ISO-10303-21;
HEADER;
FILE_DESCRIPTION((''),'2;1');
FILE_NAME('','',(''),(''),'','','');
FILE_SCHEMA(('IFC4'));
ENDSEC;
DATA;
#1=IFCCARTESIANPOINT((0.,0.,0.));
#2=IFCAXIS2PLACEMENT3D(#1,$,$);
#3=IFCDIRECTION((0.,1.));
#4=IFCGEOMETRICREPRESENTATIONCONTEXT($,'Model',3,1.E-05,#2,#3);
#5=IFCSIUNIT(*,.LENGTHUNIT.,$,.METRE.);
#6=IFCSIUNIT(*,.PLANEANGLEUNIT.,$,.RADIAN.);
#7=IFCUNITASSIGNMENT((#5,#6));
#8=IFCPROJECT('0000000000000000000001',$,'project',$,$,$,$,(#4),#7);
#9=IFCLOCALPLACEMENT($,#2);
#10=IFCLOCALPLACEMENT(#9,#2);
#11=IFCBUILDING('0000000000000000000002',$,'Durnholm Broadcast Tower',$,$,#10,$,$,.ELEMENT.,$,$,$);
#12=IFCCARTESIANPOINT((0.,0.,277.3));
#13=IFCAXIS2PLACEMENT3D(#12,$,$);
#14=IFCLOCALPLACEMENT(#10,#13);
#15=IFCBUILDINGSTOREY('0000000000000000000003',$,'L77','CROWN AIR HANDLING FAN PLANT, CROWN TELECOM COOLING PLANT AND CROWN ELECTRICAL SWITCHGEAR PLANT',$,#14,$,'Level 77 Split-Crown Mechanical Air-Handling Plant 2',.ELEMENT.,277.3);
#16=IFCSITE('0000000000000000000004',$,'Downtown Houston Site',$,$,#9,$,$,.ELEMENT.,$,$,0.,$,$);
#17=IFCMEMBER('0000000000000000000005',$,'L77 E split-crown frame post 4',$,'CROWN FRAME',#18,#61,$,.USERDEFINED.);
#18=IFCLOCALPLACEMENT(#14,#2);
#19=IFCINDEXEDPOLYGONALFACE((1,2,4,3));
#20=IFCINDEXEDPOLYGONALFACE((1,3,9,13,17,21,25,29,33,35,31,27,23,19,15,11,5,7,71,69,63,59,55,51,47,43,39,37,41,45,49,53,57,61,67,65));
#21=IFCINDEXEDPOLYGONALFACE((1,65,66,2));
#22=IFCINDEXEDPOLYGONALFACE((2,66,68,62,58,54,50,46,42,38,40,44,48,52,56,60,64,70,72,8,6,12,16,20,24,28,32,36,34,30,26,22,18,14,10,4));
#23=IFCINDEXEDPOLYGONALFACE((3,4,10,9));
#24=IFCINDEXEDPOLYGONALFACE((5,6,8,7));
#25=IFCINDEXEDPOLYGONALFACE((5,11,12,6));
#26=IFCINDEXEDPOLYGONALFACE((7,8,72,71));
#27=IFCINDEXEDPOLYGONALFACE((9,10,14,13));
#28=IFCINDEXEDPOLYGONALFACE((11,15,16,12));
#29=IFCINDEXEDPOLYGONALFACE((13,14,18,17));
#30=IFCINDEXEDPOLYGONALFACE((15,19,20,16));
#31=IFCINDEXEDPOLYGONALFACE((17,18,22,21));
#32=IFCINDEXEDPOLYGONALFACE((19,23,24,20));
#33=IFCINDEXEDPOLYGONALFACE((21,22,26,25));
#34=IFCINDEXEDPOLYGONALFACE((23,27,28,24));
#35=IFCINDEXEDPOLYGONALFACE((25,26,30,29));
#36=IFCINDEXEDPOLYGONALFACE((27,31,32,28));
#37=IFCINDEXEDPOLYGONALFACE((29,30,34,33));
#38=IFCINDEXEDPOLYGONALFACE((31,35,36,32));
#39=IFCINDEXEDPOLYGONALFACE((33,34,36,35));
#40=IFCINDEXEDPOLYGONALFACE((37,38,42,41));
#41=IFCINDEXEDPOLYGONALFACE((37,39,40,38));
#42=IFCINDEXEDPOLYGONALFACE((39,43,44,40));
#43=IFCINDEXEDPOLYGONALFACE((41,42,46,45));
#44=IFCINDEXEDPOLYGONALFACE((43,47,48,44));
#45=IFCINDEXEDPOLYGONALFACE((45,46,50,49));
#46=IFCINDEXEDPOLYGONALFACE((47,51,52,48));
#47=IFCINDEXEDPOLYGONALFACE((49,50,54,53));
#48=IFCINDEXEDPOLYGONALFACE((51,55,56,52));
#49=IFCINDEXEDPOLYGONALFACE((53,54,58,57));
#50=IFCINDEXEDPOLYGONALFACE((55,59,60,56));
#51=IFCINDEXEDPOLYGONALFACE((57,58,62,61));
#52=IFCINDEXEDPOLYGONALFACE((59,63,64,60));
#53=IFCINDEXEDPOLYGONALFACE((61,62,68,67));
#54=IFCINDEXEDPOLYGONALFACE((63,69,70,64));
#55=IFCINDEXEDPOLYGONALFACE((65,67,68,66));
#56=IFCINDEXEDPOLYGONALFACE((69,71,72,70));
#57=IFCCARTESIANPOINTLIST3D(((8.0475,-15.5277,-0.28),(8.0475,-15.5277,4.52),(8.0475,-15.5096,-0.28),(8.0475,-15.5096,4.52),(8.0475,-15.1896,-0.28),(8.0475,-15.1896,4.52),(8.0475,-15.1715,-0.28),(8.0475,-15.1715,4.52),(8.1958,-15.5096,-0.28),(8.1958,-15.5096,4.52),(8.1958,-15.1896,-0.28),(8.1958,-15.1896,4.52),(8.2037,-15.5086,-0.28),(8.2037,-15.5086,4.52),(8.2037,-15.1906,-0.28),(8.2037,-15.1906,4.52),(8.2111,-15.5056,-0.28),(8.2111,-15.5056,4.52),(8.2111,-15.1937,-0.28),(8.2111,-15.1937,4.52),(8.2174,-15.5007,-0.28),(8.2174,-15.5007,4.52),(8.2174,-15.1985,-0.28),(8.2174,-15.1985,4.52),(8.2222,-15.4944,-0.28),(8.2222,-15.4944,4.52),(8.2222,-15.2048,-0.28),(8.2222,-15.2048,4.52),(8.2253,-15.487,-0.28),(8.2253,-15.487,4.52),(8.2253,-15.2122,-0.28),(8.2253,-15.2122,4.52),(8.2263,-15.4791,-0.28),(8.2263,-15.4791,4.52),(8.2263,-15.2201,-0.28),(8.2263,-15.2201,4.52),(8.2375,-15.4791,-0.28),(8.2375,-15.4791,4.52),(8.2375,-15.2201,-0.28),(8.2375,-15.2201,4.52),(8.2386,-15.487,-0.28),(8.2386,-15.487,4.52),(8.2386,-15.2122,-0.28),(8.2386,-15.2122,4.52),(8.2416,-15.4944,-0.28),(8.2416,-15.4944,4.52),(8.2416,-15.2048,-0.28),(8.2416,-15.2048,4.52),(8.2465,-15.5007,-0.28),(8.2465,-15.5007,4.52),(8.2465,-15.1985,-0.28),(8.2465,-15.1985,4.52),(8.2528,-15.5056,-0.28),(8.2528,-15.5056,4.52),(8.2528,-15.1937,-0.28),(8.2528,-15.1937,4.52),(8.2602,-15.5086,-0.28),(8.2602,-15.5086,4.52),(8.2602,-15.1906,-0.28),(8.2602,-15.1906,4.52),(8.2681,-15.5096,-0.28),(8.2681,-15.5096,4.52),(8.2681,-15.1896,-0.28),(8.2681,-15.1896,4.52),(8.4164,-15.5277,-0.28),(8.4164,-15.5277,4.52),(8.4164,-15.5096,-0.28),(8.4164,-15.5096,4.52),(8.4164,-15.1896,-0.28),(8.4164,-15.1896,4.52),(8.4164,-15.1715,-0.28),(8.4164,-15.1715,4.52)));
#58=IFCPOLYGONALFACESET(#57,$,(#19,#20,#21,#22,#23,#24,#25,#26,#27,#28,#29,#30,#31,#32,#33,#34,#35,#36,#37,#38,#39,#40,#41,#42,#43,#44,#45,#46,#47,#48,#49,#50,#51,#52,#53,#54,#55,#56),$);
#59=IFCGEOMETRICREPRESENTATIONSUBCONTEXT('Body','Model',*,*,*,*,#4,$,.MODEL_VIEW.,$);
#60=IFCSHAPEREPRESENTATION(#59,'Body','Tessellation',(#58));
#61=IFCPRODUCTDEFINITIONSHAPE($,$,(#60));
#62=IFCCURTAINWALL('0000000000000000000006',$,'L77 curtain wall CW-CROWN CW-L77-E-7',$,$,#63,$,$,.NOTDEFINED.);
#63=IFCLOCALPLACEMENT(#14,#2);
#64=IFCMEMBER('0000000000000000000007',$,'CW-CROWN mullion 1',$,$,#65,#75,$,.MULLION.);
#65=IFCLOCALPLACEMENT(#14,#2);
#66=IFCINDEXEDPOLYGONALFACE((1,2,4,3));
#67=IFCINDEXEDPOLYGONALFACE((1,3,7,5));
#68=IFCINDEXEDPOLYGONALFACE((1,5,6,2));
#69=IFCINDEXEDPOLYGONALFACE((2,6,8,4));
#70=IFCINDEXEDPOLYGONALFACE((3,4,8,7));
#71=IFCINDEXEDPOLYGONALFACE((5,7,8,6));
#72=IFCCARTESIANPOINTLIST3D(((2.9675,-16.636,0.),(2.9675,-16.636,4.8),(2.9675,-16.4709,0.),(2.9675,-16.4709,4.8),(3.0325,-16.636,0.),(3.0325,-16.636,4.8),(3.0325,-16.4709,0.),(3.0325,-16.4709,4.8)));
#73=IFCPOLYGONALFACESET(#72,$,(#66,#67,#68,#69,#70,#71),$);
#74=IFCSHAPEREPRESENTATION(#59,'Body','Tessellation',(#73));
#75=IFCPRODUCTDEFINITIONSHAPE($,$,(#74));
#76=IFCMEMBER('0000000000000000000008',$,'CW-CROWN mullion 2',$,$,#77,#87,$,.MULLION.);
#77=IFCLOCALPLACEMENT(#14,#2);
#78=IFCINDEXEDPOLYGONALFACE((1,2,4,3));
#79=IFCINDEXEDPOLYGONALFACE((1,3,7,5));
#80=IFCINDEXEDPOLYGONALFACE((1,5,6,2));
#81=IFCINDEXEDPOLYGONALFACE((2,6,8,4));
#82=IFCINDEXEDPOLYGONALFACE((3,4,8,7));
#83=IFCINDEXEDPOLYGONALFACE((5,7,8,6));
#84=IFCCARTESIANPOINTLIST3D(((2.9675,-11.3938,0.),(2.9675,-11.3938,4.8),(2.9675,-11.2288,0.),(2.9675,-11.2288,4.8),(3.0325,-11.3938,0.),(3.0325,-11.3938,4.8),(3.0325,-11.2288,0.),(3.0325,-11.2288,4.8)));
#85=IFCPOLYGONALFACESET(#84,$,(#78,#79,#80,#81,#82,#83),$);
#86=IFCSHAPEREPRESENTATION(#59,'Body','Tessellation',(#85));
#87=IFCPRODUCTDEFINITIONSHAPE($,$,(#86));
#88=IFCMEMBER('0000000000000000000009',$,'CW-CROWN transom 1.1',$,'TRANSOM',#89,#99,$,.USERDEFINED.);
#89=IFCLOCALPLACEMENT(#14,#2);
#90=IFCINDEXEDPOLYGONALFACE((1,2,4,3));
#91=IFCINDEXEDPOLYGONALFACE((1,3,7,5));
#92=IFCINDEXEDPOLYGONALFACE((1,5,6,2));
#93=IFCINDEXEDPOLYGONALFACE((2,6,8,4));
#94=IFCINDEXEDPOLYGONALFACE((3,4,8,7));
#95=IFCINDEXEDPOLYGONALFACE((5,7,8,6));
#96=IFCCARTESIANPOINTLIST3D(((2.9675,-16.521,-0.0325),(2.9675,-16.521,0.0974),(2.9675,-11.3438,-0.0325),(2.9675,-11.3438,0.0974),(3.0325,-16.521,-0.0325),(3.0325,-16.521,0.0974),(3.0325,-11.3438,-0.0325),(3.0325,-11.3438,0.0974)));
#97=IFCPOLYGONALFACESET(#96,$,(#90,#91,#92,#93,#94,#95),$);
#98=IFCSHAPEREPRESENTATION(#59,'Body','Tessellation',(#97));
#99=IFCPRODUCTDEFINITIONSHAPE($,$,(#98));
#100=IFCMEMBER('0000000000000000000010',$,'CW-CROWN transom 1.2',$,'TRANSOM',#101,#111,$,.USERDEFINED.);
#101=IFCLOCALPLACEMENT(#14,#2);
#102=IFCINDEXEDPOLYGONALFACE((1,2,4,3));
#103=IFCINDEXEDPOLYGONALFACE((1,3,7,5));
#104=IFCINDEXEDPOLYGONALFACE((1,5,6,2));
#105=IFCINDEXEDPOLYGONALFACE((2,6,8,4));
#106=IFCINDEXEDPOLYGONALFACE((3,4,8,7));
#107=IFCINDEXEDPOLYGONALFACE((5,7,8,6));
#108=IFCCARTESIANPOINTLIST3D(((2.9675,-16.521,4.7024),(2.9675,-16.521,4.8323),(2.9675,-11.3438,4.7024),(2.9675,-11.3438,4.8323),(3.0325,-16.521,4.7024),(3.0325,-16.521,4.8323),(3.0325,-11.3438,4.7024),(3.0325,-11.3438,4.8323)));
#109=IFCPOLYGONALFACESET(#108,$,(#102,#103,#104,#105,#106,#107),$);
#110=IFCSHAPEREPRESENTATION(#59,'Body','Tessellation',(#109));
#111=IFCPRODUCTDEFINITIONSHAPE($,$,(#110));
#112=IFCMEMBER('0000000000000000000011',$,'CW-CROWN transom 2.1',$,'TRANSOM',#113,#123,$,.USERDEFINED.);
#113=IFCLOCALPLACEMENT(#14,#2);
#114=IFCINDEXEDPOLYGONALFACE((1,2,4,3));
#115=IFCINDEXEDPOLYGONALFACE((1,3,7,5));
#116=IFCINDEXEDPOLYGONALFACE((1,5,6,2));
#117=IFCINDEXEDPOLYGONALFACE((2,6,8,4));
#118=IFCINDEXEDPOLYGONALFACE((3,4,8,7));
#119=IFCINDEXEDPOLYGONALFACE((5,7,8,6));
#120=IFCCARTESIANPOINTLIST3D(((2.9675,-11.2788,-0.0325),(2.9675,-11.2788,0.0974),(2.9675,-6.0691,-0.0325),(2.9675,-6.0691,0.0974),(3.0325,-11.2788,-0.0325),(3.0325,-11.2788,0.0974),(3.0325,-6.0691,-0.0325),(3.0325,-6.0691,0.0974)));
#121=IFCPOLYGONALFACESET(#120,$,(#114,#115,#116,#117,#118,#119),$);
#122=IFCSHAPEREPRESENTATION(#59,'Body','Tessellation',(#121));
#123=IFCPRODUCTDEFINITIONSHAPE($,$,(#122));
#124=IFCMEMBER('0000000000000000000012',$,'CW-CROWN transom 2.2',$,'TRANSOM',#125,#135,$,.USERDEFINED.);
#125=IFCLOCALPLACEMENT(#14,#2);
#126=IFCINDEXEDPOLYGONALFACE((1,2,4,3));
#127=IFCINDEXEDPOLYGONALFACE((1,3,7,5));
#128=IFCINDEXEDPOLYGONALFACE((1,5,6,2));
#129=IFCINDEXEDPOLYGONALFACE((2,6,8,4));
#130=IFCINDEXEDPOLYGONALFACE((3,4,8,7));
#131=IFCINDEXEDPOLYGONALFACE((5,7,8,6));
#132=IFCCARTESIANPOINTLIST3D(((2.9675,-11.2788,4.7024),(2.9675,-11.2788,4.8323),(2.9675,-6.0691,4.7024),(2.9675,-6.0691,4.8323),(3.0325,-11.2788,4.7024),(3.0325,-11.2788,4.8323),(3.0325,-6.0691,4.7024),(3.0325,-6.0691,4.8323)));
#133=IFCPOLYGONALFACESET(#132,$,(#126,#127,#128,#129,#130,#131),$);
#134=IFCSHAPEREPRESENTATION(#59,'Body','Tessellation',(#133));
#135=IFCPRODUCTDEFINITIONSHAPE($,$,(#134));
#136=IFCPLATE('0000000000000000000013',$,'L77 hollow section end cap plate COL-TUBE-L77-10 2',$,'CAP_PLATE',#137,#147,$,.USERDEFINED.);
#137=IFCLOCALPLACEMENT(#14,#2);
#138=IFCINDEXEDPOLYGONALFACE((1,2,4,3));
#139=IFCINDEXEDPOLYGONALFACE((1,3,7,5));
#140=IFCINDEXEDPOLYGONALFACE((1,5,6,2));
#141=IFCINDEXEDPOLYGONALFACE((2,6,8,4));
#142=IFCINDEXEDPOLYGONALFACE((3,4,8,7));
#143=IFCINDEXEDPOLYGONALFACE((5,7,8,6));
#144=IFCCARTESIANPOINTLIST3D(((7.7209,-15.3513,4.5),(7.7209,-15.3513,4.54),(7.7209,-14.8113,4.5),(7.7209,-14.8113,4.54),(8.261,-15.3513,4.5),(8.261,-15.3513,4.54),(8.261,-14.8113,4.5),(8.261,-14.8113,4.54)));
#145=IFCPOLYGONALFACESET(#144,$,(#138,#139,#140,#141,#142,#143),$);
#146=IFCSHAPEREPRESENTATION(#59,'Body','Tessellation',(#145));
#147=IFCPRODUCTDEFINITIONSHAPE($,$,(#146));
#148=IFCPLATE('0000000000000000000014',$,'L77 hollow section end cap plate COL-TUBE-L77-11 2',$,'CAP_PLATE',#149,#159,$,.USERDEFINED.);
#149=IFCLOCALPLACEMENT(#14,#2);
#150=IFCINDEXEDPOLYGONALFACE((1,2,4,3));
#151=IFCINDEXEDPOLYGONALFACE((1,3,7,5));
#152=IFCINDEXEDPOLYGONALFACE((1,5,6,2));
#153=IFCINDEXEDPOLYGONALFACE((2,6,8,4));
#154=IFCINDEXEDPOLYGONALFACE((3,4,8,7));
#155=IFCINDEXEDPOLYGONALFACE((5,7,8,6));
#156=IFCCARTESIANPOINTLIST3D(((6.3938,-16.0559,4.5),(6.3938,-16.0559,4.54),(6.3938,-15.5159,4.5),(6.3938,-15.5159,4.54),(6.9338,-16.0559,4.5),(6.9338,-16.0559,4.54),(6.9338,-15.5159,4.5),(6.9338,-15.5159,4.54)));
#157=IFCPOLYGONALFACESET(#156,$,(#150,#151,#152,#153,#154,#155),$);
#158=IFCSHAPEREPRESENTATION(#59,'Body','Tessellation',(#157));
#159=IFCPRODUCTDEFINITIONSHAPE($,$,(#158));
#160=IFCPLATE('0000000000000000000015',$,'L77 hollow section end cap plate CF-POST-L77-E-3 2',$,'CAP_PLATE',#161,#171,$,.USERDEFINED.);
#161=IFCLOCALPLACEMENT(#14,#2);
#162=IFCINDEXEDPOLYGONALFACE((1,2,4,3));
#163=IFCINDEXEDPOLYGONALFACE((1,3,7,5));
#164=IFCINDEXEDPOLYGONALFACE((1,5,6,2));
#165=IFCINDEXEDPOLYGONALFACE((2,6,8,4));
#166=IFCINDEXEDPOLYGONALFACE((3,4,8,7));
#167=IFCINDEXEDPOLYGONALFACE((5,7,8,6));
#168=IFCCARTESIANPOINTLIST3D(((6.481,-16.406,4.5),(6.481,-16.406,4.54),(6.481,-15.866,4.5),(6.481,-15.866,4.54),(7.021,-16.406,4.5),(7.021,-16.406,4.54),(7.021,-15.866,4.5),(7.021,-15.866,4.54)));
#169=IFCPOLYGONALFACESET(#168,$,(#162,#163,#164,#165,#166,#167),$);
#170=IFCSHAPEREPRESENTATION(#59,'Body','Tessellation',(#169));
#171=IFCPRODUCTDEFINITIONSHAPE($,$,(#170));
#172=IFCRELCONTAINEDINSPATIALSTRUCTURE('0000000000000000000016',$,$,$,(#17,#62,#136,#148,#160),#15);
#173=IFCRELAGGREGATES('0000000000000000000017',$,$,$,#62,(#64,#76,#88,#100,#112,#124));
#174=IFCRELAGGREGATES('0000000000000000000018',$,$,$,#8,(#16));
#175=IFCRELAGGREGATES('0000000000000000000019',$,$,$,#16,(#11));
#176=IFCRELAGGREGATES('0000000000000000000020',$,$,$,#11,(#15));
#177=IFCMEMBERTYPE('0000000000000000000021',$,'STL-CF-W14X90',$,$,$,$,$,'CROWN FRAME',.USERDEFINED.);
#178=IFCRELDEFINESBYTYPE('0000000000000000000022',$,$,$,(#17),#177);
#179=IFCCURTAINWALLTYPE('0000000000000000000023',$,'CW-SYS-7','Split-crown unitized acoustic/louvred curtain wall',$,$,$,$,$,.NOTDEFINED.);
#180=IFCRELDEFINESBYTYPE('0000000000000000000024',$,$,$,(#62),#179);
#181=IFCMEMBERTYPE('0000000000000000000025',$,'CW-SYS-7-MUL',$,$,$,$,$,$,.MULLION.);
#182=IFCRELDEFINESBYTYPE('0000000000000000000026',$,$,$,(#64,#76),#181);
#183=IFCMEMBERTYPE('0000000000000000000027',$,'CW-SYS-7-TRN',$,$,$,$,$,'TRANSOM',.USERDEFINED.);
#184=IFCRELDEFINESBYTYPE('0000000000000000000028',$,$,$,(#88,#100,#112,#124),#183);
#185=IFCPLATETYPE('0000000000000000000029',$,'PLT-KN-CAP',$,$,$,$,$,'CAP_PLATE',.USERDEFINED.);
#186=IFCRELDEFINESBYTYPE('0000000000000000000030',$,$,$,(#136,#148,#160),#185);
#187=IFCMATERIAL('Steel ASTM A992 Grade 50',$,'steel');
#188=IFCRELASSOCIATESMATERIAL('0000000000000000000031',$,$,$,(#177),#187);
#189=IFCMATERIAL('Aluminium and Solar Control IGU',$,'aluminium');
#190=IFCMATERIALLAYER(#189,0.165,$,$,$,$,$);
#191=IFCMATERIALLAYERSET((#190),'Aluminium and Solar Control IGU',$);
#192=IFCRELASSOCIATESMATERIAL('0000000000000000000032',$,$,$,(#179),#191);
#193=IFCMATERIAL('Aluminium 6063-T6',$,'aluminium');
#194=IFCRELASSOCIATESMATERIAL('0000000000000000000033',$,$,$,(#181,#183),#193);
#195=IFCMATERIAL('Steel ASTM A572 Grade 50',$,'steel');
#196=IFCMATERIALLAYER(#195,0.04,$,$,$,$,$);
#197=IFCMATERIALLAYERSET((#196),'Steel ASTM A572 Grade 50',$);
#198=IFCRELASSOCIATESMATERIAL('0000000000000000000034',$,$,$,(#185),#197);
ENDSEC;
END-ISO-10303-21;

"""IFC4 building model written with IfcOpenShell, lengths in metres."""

from ifc_helpers import new_model, si_unit, direction, frame, origin, origin_2d, place, context, subcontext, project, spatial, rectangle, i_section, extrude, source, transform, mapped, material, layer, layer_set, material_profile, profile_set, type_object, type_shapes, element, aggregate, save


model = new_model("IFC4")

# Units and contexts
model_context = context("Model", 3, precision=1e-05, world=origin(), true_north=direction((0.0, 1.0)))
body_context = subcontext(model_context, "Body", "Model", "MODEL_VIEW")
ifc_project = project(units=[si_unit("LENGTHUNIT", "METRE"), si_unit("PLANEANGLEUNIT", "RADIAN")], contexts=[model_context])

# Site, building, storey
site_placement = place(None, origin())
site = spatial("IfcSite", under=ifc_project, at=site_placement, Name="Downtown Houston Site", CompositionType="ELEMENT", RefElevation=0.0)
building_placement = place(site_placement, origin())
building = spatial("IfcBuilding", under=site, at=building_placement, Name="Durnholm Broadcast Tower", CompositionType="ELEMENT")
storey_placement = place(building_placement, frame((0.0, 0.0, 277.3)))
storey = spatial("IfcBuildingStorey", under=building, at=storey_placement, Name="L77", Description="CROWN AIR HANDLING FAN PLANT, CROWN TELECOM COOLING PLANT AND CROWN ELECTRICAL SWITCHGEAR PLANT", LongName="Level 77 Split-Crown Mechanical Air-Handling Plant 2", CompositionType="ELEMENT", Elevation=277.3)

# Shared definitions
ifc_material_1 = material(Name="Steel ASTM A992 Grade 50", Category="steel")

# Member
ifc_material_profile_1 = material_profile(ifc_material_1, i_section(OverallWidth=0.3689, OverallDepth=0.3562, WebThickness=0.0112, FlangeThickness=0.0181, FilletRadius=0.0305, at=origin_2d()), Name="W14X90")
ifc_profile_set_1 = profile_set([ifc_material_profile_1], Name="Steel ASTM A992 Grade 50")
member_type_1 = type_object("IfcMemberType", Name="STL-CF-W14X90", ElementType="CROWN FRAME", PredefinedType="USERDEFINED", material=ifc_profile_set_1)
shared_shape_1 = source(origin(), body_context, "Body", "SweptSolid", [
    extrude(i_section(OverallWidth=0.3689, OverallDepth=0.3562, WebThickness=0.0112, FlangeThickness=0.0181, FilletRadius=0.0305, at=origin_2d()), origin(), (0.0, 0.0, 1.0), 4.8),
])
type_shapes(member_type_1, [shared_shape_1])
for number, where, z_axis, x_axis, name in (
    (1, (8.2319, -15.3496, -0.28), (0.0, 0.0, 1.0), (1.0, 0.0, 0.0), "L77 E split-crown frame post 4"),
):
    element("IfcMember", number, at=place(storey_placement, frame(where, z_axis=z_axis, x_axis=x_axis)), inside=storey, type_object=member_type_1, Name=name, ObjectType="CROWN FRAME", PredefinedType="USERDEFINED", context=body_context, shape_type="MappedRepresentation", body=[
        mapped(shared_shape_1, transform((0.0, 0.0, 0.0), x_axis=(1.0, 0.0, 0.0), y_axis=(0.0, 1.0, 0.0), z_axis=(0.0, 0.0, 1.0), scale=1.0)),
    ])

# Curtain wall, members
ifc_material_2 = material(Name="Aluminium and Solar Control IGU", Category="aluminium")
ifc_layer_1 = layer(ifc_material_2, 0.165)
ifc_layer_set_1 = layer_set([ifc_layer_1], Name="Aluminium and Solar Control IGU")
curtain_wall_type = type_object("IfcCurtainWallType", Name="CW-SYS-7", Description="Split-crown unitized acoustic/louvred curtain wall", PredefinedType="NOTDEFINED", material=ifc_layer_set_1)
curtain_wall_placement = place(storey_placement, origin())
curtain_wall = element("IfcCurtainWall", 2, at=curtain_wall_placement, inside=storey, type_object=curtain_wall_type, Name="L77 curtain wall CW-CROWN CW-L77-E-7", PredefinedType="NOTDEFINED")
ifc_material_3 = material(Name="Aluminium 6063-T6", Category="aluminium")
ifc_material_profile_2 = material_profile(ifc_material_3, rectangle(XDim=0.0649, YDim=0.165, at=origin_2d()), Name="CWM65X165")
ifc_profile_set_2 = profile_set([ifc_material_profile_2], Name="Aluminium 6063-T6")
member_type_2 = type_object("IfcMemberType", Name="CW-SYS-7-MUL", PredefinedType="MULLION", material=ifc_profile_set_2)
shared_shape_2 = source(origin(), body_context, "Body", "SweptSolid", [
    extrude(rectangle(XDim=0.0649, YDim=0.165, at=origin_2d()), origin(), (0.0, 0.0, 1.0), 4.8),
])
type_shapes(member_type_2, [shared_shape_2])
member_1_placement = place(storey_placement, frame((3.0, -16.5535, 0.0), z_axis=(0.0, 0.0, 1.0), x_axis=(-1.0, 0.0, 0.0)))
member_1 = element("IfcMember", 3, at=member_1_placement, type_object=member_type_2, Name="CW-CROWN mullion 1", PredefinedType="MULLION", context=body_context, shape_type="MappedRepresentation", body=[
    mapped(shared_shape_2, transform((0.0, 0.0, 0.0), x_axis=(1.0, 0.0, 0.0), y_axis=(0.0, 1.0, 0.0), z_axis=(0.0, 0.0, 1.0), scale=1.0)),
])
member_2_placement = place(storey_placement, frame((3.0, -11.3113, 0.0), z_axis=(0.0, 0.0, 1.0), x_axis=(-1.0, 0.0, 0.0)))
member_2 = element("IfcMember", 4, at=member_2_placement, type_object=member_type_2, Name="CW-CROWN mullion 2", PredefinedType="MULLION", context=body_context, shape_type="MappedRepresentation", body=[
    mapped(shared_shape_2, transform((0.0, 0.0, 0.0), x_axis=(1.0, 0.0, 0.0), y_axis=(0.0, 1.0, 0.0), z_axis=(0.0, 0.0, 1.0), scale=1.0)),
])
ifc_material_profile_3 = material_profile(ifc_material_3, rectangle(XDim=0.0649, YDim=0.1299, at=origin_2d()), Name="CWT65X130")
ifc_profile_set_3 = profile_set([ifc_material_profile_3], Name="Aluminium 6063-T6")
member_type_3 = type_object("IfcMemberType", Name="CW-SYS-7-TRN", ElementType="TRANSOM", PredefinedType="USERDEFINED", material=ifc_profile_set_3)
shared_shape_3 = source(origin(), body_context, "Body", "SweptSolid", [
    extrude(rectangle(XDim=0.0649, YDim=0.1299, at=origin_2d()), origin(), (0.0, 0.0, 1.0), 5.1772),
])
member_3_placement = place(storey_placement, frame((3.0, -16.521, 0.0325), z_axis=(0.0, 1.0, 0.0), x_axis=(-1.0, 0.0, 0.0)))
member_3 = element("IfcMember", 5, at=member_3_placement, type_object=member_type_3, Name="CW-CROWN transom 1.1", ObjectType="TRANSOM", PredefinedType="USERDEFINED", context=body_context, shape_type="MappedRepresentation", body=[
    mapped(shared_shape_3, transform((0.0, 0.0, 0.0), x_axis=(1.0, 0.0, 0.0), y_axis=(0.0, 1.0, 0.0), z_axis=(0.0, 0.0, 1.0), scale=1.0)),
])
member_4_placement = place(storey_placement, frame((3.0, -16.521, 4.7673), z_axis=(0.0, 1.0, 0.0), x_axis=(-1.0, 0.0, 0.0)))
member_4 = element("IfcMember", 6, at=member_4_placement, type_object=member_type_3, Name="CW-CROWN transom 1.2", ObjectType="TRANSOM", PredefinedType="USERDEFINED", context=body_context, shape_type="MappedRepresentation", body=[
    mapped(shared_shape_3, transform((0.0, 0.0, 0.0), x_axis=(1.0, 0.0, 0.0), y_axis=(0.0, 1.0, 0.0), z_axis=(0.0, 0.0, 1.0), scale=1.0)),
])
shared_shape_4 = source(origin(), body_context, "Body", "SweptSolid", [
    extrude(rectangle(XDim=0.0649, YDim=0.1299, at=origin_2d()), origin(), (0.0, 0.0, 1.0), 5.2097),
])
type_shapes(member_type_3, [shared_shape_3, shared_shape_4])
member_5_placement = place(storey_placement, frame((3.0, -11.2788, 0.0325), z_axis=(0.0, 1.0, 0.0), x_axis=(-1.0, 0.0, 0.0)))
member_5 = element("IfcMember", 7, at=member_5_placement, type_object=member_type_3, Name="CW-CROWN transom 2.1", ObjectType="TRANSOM", PredefinedType="USERDEFINED", context=body_context, shape_type="MappedRepresentation", body=[
    mapped(shared_shape_4, transform((0.0, 0.0, 0.0), x_axis=(1.0, 0.0, 0.0), y_axis=(0.0, 1.0, 0.0), z_axis=(0.0, 0.0, 1.0), scale=1.0)),
])
member_6_placement = place(storey_placement, frame((3.0, -11.2788, 4.7673), z_axis=(0.0, 1.0, 0.0), x_axis=(-1.0, 0.0, 0.0)))
member_6 = element("IfcMember", 8, at=member_6_placement, type_object=member_type_3, Name="CW-CROWN transom 2.2", ObjectType="TRANSOM", PredefinedType="USERDEFINED", context=body_context, shape_type="MappedRepresentation", body=[
    mapped(shared_shape_4, transform((0.0, 0.0, 0.0), x_axis=(1.0, 0.0, 0.0), y_axis=(0.0, 1.0, 0.0), z_axis=(0.0, 0.0, 1.0), scale=1.0)),
])

# Plates
ifc_material_4 = material(Name="Steel ASTM A572 Grade 50", Category="steel")
ifc_layer_2 = layer(ifc_material_4, 0.04)
ifc_layer_set_2 = layer_set([ifc_layer_2], Name="Steel ASTM A572 Grade 50")
plate_type_1 = type_object("IfcPlateType", Name="PLT-KN-CAP", ElementType="CAP_PLATE", PredefinedType="USERDEFINED", material=ifc_layer_set_2)
shared_shape_5 = source(origin(), body_context, "Body", "SweptSolid", [
    extrude(rectangle(XDim=0.54, YDim=0.54, at=origin_2d()), origin(), (0.0, 0.0, 1.0), 0.04),
])
type_shapes(plate_type_1, [shared_shape_5])
for number, where, z_axis, x_axis, name in (
    (9, (7.991, -15.0813, 4.5), (0.0, 0.0, 1.0), (1.0, 0.0, 0.0), "L77 hollow section end cap plate COL-TUBE-L77-10 2"),
    (10, (6.6638, -15.7859, 4.5), (0.0, 0.0, 1.0), (1.0, 0.0, 0.0), "L77 hollow section end cap plate COL-TUBE-L77-11 2"),
    (11, (6.751, -16.136, 4.5), (0.0, 0.0, 1.0), (1.0, 0.0, 0.0), "L77 hollow section end cap plate CF-POST-L77-E-3 2"),
):
    element("IfcPlate", number, at=place(storey_placement, frame(where, z_axis=z_axis, x_axis=x_axis)), inside=storey, type_object=plate_type_1, Name=name, ObjectType="CAP_PLATE", PredefinedType="USERDEFINED", context=body_context, shape_type="MappedRepresentation", body=[
        mapped(shared_shape_5, transform((0.0, 0.0, 0.0), x_axis=(1.0, 0.0, 0.0), y_axis=(0.0, 1.0, 0.0), z_axis=(0.0, 0.0, 1.0), scale=1.0)),
    ])

aggregate(curtain_wall, [member_1, member_2, member_3, member_4, member_5, member_6])

save(model, "model.ifc")
